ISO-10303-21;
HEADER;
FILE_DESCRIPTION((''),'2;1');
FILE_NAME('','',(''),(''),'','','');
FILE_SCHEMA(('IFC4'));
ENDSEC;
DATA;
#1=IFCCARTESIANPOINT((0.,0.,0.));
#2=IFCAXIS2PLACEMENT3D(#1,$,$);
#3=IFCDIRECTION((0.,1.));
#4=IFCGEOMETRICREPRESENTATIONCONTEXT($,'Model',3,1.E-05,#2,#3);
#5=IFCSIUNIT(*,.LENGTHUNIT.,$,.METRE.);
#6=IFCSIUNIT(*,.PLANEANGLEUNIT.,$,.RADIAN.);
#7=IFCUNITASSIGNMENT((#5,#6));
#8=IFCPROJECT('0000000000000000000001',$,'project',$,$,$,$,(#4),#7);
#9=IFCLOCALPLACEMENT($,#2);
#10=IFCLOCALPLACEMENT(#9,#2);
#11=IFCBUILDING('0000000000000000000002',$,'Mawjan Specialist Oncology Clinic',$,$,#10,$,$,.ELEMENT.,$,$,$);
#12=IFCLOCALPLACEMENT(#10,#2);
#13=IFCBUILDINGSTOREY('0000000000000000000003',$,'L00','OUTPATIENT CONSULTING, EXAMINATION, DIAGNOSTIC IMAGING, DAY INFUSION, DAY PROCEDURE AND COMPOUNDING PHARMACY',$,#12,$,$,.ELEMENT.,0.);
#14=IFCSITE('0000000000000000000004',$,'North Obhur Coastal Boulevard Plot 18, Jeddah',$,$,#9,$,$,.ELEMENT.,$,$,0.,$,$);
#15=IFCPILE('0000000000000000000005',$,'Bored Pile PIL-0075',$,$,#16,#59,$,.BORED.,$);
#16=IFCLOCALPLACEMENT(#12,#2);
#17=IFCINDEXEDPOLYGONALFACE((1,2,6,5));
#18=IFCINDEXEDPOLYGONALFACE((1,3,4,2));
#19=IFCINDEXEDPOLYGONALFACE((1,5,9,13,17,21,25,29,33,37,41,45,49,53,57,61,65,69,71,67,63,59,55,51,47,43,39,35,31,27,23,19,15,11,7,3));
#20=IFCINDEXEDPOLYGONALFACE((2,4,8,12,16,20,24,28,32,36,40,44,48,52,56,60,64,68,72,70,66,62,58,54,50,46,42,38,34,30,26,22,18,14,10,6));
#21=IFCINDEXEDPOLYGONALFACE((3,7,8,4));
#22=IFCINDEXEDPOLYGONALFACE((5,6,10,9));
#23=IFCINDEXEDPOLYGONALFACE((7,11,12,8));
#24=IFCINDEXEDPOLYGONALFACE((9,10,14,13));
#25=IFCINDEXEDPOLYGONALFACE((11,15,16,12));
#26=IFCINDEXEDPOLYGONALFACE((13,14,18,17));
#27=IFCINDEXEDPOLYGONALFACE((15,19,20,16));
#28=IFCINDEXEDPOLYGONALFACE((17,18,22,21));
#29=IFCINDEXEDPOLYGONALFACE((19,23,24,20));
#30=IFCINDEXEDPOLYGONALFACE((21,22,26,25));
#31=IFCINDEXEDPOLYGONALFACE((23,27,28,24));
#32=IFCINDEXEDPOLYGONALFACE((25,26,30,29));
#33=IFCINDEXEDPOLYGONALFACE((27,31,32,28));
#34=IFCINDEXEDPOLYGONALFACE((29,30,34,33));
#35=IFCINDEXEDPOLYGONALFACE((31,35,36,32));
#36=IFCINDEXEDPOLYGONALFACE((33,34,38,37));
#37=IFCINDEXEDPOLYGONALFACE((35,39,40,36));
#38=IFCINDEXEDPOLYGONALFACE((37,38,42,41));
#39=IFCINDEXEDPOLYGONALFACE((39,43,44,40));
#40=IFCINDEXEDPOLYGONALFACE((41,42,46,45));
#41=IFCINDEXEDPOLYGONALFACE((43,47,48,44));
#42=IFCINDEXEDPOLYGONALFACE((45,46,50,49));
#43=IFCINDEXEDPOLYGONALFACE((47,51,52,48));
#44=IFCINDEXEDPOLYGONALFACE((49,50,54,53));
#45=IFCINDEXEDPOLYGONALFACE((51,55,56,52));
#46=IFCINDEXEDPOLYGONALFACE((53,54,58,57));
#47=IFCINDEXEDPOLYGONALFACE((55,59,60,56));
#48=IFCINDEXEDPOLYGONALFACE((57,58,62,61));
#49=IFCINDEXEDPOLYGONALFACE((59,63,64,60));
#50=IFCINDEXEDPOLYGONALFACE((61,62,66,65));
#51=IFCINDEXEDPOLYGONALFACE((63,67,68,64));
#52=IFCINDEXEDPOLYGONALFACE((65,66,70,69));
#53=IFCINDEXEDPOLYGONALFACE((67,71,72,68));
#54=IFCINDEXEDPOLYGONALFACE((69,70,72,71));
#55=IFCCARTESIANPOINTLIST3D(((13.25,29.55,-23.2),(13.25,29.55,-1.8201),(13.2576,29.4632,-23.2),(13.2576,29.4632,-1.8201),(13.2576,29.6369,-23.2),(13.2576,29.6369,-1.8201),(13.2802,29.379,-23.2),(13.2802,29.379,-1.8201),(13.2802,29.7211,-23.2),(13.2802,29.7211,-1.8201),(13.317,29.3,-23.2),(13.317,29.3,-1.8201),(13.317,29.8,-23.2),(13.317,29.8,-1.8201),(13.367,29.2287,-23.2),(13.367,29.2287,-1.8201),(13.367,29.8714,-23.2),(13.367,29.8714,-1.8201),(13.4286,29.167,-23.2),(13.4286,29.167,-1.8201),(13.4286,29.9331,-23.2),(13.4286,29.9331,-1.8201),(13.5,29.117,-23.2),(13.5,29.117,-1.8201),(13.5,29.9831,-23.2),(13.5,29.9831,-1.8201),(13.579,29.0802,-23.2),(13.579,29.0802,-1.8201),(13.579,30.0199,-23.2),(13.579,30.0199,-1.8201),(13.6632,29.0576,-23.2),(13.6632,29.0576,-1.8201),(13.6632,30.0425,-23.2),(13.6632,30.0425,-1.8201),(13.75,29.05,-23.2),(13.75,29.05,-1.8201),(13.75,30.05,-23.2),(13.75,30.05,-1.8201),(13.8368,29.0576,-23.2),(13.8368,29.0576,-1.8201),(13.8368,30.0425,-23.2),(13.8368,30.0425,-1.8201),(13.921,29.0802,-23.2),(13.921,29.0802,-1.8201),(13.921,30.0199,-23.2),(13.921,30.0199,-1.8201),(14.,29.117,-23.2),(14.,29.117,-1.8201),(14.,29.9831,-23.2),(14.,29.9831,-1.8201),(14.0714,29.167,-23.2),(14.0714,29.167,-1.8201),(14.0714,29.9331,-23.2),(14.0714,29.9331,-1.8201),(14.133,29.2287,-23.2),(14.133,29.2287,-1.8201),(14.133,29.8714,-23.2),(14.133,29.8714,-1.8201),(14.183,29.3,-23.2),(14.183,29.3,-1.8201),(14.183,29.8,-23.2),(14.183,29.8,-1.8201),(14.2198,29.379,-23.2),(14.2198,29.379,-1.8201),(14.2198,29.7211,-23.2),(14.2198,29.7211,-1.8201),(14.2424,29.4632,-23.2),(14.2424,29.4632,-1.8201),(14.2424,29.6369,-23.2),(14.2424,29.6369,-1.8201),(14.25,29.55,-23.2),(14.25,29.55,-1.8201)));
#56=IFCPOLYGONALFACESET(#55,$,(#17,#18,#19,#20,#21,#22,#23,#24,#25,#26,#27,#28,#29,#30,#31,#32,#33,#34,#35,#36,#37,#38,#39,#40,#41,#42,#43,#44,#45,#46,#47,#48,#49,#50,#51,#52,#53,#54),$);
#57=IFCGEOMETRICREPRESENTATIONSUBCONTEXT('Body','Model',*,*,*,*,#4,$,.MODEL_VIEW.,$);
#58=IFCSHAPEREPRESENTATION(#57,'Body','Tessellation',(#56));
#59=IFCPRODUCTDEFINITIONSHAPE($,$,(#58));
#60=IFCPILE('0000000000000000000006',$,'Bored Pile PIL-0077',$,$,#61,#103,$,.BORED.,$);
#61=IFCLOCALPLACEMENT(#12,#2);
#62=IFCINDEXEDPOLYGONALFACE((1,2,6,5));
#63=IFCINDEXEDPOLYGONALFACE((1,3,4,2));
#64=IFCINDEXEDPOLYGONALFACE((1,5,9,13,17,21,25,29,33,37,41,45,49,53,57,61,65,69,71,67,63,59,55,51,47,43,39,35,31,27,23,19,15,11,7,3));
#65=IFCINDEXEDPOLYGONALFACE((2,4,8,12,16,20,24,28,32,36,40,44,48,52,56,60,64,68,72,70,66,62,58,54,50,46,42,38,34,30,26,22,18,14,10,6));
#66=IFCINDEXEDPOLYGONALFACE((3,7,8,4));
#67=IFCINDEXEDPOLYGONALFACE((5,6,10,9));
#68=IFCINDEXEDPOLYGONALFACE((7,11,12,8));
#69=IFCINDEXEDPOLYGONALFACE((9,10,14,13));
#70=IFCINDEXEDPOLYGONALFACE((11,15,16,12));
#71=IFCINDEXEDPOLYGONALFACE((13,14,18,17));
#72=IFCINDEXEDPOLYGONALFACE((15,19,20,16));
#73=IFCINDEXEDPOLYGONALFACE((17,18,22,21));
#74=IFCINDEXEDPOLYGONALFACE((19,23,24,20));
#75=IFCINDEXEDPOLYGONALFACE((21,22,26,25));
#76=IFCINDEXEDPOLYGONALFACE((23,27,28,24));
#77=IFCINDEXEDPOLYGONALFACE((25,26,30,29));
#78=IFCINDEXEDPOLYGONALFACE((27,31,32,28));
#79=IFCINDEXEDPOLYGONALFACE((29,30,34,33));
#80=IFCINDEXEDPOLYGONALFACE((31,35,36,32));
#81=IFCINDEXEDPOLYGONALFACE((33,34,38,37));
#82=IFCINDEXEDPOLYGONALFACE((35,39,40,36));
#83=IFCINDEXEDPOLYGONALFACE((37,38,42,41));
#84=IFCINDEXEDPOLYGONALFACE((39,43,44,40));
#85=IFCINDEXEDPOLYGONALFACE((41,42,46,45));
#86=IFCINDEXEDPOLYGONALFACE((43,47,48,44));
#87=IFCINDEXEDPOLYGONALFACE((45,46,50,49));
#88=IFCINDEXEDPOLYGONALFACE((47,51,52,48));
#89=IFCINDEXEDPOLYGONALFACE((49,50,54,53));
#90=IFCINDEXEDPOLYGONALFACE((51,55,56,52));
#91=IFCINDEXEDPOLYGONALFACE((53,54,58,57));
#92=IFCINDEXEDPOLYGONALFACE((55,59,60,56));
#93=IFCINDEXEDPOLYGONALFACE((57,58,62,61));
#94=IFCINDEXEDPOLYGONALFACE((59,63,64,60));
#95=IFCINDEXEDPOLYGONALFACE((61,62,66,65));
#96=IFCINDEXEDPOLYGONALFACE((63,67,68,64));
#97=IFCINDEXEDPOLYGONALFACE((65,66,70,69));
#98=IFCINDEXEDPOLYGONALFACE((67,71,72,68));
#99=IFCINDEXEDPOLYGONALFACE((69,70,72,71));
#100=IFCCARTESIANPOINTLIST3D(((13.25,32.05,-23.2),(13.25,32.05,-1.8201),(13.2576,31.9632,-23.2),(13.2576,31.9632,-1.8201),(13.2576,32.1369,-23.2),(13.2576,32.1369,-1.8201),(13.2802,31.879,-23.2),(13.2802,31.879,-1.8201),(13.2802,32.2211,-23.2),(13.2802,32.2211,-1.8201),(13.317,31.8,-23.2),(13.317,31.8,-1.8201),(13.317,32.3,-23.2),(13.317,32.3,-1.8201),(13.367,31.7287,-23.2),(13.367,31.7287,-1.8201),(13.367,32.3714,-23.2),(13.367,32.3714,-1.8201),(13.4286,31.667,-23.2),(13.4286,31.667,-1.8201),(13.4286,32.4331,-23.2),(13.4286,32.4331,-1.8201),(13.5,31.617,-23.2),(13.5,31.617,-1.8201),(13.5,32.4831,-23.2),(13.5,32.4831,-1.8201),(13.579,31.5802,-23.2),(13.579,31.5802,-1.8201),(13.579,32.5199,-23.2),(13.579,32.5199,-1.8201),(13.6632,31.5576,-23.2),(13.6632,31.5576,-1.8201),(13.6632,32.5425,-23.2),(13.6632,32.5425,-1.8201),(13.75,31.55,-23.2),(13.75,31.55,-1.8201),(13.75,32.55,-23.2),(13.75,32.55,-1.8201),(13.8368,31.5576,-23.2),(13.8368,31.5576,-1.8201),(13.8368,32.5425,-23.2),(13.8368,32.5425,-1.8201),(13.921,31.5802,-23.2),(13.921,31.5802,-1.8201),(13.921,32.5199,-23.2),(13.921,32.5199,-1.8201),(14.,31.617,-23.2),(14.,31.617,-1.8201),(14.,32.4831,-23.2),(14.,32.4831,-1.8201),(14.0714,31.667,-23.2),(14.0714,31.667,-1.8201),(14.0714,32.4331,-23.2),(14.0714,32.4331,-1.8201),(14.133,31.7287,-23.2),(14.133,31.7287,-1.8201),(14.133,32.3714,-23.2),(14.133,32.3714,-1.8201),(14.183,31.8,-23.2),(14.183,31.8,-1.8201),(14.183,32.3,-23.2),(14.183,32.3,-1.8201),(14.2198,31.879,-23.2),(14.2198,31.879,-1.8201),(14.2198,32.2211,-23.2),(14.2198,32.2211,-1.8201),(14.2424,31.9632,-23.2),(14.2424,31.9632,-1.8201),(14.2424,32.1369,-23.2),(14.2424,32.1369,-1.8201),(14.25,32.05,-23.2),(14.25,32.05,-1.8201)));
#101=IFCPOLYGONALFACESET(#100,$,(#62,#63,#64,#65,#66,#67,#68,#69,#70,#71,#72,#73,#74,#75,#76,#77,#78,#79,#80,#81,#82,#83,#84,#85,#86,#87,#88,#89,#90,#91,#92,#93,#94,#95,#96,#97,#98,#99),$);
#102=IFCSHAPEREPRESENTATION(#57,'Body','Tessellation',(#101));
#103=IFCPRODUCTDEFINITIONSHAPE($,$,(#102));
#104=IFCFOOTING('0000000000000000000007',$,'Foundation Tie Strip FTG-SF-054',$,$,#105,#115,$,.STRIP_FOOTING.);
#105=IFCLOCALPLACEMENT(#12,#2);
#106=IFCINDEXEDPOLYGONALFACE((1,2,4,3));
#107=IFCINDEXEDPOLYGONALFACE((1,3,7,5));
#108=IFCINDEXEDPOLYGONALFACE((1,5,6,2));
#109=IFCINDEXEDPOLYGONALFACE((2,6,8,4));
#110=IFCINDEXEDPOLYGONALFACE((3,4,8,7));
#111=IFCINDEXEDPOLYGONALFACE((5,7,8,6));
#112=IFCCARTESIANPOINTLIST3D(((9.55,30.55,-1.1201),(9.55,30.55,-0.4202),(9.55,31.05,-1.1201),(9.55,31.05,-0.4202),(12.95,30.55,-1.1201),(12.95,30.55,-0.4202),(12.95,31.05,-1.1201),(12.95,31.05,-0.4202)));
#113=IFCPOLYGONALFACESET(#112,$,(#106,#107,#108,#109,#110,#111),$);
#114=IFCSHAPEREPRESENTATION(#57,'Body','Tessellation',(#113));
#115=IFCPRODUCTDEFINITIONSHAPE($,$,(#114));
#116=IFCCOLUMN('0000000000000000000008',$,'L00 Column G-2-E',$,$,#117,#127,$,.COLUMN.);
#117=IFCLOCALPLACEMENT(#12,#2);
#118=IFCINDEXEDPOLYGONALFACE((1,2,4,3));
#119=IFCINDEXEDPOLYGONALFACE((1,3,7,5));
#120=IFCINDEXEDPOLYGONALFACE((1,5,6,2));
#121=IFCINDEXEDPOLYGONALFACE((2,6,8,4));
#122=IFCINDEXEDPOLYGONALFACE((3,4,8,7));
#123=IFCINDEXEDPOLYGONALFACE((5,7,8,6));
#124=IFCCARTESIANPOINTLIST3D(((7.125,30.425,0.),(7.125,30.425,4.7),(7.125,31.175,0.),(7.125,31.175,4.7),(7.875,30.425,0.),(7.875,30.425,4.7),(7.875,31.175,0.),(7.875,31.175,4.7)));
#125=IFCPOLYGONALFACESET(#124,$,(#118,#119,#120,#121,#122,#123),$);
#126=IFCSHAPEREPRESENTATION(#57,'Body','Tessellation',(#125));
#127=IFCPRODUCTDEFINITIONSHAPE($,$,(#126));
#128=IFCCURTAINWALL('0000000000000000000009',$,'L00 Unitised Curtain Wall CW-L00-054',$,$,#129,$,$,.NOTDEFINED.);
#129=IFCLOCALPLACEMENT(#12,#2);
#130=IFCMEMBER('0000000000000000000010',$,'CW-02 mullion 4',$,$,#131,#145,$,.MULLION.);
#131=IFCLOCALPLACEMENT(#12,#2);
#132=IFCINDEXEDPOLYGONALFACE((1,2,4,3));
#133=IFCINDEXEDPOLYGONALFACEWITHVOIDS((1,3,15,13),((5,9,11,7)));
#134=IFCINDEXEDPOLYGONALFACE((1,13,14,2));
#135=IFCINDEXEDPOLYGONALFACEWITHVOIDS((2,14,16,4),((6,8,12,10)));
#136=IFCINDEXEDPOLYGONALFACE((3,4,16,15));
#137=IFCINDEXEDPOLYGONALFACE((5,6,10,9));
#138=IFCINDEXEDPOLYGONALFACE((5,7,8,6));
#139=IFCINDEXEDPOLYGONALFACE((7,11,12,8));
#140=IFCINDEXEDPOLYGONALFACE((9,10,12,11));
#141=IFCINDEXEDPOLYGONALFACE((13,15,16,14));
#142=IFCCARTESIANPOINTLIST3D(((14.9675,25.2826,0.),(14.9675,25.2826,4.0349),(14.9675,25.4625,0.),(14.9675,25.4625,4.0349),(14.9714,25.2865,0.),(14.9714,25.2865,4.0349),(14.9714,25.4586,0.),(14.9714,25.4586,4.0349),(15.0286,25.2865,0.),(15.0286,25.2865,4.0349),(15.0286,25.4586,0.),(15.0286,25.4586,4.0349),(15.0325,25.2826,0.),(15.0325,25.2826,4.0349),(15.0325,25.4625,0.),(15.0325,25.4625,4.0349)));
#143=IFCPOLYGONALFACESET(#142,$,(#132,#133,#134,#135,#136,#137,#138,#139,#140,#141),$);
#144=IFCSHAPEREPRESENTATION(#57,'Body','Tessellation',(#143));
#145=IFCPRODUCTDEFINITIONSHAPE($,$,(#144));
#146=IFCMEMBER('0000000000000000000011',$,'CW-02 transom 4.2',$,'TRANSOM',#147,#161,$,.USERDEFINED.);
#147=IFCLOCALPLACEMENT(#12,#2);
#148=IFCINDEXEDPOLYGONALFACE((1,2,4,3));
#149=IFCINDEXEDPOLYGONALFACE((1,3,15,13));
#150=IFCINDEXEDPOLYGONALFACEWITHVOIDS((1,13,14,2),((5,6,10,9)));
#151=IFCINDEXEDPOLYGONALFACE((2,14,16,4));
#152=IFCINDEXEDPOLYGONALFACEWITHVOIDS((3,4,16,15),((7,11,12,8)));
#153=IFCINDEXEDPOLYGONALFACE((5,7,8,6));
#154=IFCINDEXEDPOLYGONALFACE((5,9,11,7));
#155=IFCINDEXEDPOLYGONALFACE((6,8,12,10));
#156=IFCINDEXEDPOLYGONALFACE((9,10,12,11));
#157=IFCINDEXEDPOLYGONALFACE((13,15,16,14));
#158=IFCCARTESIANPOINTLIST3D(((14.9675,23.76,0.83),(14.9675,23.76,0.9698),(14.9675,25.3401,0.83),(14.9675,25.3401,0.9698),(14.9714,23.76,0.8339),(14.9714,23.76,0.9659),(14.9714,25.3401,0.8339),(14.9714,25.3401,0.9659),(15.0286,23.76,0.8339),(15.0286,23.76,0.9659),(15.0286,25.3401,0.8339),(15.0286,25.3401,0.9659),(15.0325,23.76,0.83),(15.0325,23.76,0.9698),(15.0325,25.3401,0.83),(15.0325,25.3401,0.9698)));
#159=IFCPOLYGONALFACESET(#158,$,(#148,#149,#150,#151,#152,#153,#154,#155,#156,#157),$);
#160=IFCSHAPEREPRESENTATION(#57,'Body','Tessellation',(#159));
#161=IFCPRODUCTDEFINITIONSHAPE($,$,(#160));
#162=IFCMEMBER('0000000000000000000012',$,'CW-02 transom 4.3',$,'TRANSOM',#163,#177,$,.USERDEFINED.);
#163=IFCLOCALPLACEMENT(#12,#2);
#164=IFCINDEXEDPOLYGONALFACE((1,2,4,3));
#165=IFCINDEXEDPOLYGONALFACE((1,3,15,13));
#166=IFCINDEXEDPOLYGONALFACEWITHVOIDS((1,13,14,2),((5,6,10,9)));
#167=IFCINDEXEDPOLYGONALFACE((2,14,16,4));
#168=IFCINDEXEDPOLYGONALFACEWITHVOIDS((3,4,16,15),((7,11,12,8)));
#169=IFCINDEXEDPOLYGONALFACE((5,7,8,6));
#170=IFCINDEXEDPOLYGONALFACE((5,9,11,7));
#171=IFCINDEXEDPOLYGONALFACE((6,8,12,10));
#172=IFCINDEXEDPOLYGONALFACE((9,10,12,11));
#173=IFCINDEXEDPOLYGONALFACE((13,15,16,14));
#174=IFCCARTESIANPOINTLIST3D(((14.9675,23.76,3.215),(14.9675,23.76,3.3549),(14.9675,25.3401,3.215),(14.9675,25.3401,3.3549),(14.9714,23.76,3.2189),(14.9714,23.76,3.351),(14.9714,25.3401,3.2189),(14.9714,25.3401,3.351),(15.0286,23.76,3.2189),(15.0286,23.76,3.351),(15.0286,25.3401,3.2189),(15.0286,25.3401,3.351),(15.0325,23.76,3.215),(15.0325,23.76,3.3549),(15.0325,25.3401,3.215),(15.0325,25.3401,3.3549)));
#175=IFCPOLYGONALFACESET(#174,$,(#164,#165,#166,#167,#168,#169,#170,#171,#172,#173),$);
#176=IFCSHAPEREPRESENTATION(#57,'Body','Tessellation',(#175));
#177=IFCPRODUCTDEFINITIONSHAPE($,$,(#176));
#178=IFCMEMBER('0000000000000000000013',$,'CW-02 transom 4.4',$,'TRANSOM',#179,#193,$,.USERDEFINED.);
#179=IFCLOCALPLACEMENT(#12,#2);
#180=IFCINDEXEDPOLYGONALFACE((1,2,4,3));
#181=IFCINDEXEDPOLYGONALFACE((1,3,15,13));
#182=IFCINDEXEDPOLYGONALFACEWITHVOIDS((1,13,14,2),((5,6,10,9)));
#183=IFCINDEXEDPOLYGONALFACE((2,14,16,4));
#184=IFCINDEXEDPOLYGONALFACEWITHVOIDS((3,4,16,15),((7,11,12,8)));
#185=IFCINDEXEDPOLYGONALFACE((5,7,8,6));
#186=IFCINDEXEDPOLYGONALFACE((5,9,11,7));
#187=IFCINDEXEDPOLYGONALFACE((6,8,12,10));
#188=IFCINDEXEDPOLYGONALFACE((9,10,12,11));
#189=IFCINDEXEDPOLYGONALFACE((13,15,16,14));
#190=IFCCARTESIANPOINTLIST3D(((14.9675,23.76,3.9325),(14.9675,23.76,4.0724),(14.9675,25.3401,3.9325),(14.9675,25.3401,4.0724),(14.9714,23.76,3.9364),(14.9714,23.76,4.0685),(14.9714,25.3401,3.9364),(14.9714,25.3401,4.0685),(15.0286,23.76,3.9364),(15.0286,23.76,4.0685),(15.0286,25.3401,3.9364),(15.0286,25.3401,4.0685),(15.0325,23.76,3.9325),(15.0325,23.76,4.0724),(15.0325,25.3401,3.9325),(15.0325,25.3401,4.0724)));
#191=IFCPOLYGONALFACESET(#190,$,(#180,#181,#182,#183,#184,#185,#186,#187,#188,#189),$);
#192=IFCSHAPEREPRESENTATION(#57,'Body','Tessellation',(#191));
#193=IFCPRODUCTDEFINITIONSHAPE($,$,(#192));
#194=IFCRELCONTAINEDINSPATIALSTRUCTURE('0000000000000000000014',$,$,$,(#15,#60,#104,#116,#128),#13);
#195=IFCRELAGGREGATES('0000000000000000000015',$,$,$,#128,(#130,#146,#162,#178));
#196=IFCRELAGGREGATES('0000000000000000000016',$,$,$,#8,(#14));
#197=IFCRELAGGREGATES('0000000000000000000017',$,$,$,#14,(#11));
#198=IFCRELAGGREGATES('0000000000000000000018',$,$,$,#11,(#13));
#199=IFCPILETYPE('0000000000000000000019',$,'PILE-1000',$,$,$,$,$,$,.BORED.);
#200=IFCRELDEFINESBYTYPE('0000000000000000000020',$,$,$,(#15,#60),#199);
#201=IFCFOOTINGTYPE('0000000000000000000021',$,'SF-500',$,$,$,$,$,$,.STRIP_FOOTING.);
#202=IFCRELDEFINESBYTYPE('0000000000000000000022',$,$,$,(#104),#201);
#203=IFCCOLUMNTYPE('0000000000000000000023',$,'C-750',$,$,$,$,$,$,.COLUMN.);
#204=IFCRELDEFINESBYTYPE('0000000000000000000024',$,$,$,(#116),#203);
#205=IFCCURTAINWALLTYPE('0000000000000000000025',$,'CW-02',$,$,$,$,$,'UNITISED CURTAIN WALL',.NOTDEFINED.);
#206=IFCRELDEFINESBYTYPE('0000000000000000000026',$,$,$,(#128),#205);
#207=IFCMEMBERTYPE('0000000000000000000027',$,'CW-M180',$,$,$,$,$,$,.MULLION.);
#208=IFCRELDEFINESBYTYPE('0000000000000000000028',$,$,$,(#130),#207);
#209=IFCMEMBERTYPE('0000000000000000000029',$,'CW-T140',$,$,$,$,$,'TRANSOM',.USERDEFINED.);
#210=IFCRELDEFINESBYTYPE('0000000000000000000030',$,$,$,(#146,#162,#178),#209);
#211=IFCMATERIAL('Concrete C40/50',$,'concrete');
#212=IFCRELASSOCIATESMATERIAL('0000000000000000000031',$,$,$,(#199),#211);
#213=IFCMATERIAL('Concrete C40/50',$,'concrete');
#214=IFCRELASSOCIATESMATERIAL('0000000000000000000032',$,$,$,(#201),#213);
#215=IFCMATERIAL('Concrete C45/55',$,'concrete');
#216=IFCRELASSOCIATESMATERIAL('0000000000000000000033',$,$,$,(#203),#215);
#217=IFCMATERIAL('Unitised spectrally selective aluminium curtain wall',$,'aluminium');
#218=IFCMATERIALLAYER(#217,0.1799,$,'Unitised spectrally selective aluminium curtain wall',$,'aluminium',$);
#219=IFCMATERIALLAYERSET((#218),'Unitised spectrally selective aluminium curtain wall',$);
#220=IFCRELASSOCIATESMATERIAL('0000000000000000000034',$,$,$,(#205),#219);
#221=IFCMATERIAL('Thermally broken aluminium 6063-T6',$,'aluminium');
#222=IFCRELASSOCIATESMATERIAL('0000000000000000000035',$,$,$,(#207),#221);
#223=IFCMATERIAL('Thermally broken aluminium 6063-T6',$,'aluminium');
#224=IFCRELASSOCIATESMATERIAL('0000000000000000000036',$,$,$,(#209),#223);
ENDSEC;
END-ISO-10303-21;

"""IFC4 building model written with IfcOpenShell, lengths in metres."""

from ifc_helpers import new_model, si_unit, direction, frame, origin, origin_2d, place, context, subcontext, project, spatial, rectangle, hollow_rectangle, circle, extrude, material, layer, layer_set, material_profile, profile_set, type_object, element, aggregate, save


model = new_model("IFC4")

# Units and contexts
model_context = context("Model", 3, precision=1e-05, world=origin(), true_north=direction((0.0, 1.0)))
body_context = subcontext(model_context, "Body", "Model", "MODEL_VIEW")
ifc_project = project(units=[si_unit("LENGTHUNIT", "METRE"), si_unit("PLANEANGLEUNIT", "RADIAN")], contexts=[model_context])

# Site, building, storey
site_placement = place(None, origin())
site = spatial("IfcSite", under=ifc_project, at=site_placement, Name="North Obhur Coastal Boulevard Plot 18, Jeddah", CompositionType="ELEMENT", RefElevation=0.0)
building_placement = place(site_placement, origin())
building = spatial("IfcBuilding", under=site, at=building_placement, Name="Mawjan Specialist Oncology Clinic", CompositionType="ELEMENT")
storey_placement = place(building_placement, origin())
storey = spatial("IfcBuildingStorey", under=building, at=storey_placement, Name="L00", Description="OUTPATIENT CONSULTING, EXAMINATION, DIAGNOSTIC IMAGING, DAY INFUSION, DAY PROCEDURE AND COMPOUNDING PHARMACY", CompositionType="ELEMENT", Elevation=0.0)

# Piles
ifc_material_1 = material(Name="Concrete C40/50", Category="concrete")
ifc_material_profile_1 = material_profile(ifc_material_1, circle(Radius=0.5, at=origin_2d()), Name="BORED PILE D1000", Category="concrete")
ifc_profile_set_1 = profile_set([ifc_material_profile_1], Name="Concrete C40/50")
pile_type = type_object("IfcPileType", Name="PILE-1000", PredefinedType="BORED", material=ifc_profile_set_1)
for number, where, z_axis, x_axis, name in (
    (1, (13.75, 29.55, -1.8201), (0.0, 0.0, -1.0), (1.0, 0.0, 0.0), "Bored Pile PIL-0075"),
    (2, (13.75, 32.05, -1.8201), (0.0, 0.0, -1.0), (1.0, 0.0, 0.0), "Bored Pile PIL-0077"),
):
    element("IfcPile", number, at=place(storey_placement, frame(where, z_axis=z_axis, x_axis=x_axis)), inside=storey, type_object=pile_type, Name=name, PredefinedType="BORED", context=body_context, shape_type="SweptSolid", body=[
        extrude(circle(Radius=0.5, at=origin_2d()), origin(), (0.0, 0.0, 1.0), 21.3799),
    ])

# Footing
ifc_material_2 = material(Name="Concrete C40/50", Category="concrete")
footing_type_1 = type_object("IfcFootingType", Name="SF-500", PredefinedType="STRIP_FOOTING", material=ifc_material_2)
footing_1_placement = place(storey_placement, frame((11.25, 30.8, -1.1201), z_axis=(0.0, 0.0, 1.0), x_axis=(1.0, 0.0, 0.0)))
element("IfcFooting", 3, at=footing_1_placement, inside=storey, type_object=footing_type_1, Name="Foundation Tie Strip FTG-SF-054", PredefinedType="STRIP_FOOTING", context=body_context, shape_type="SweptSolid", body=[
    extrude(rectangle(XDim=3.3999, YDim=0.5, at=origin_2d()), origin(), (0.0, 0.0, 1.0), 0.7),
])

# Column
ifc_material_3 = material(Name="Concrete C45/55", Category="concrete")
ifc_material_profile_2 = material_profile(ifc_material_3, rectangle(XDim=0.75, YDim=0.75, at=origin_2d()), Name="RC COL 750x750", Category="concrete")
ifc_profile_set_2 = profile_set([ifc_material_profile_2], Name="Concrete C45/55")
column_type = type_object("IfcColumnType", Name="C-750", PredefinedType="COLUMN", material=ifc_profile_set_2)
column_placement = place(storey_placement, frame((7.5, 30.8, 0.0), z_axis=(0.0, 0.0, 1.0), x_axis=(1.0, 0.0, 0.0)))
element("IfcColumn", 4, at=column_placement, inside=storey, type_object=column_type, Name="L00 Column G-2-E", PredefinedType="COLUMN", context=body_context, shape_type="SweptSolid", body=[
    extrude(rectangle(XDim=0.75, YDim=0.75, at=origin_2d()), origin(), (0.0, 0.0, 1.0), 4.7),
])

# Curtain wall, members
ifc_material_4 = material(Name="Unitised spectrally selective aluminium curtain wall", Category="aluminium")
ifc_layer_1 = layer(ifc_material_4, 0.1799, Name="Unitised spectrally selective aluminium curtain wall", Category="aluminium")
ifc_layer_set_1 = layer_set([ifc_layer_1], Name="Unitised spectrally selective aluminium curtain wall")
curtain_wall_type = type_object("IfcCurtainWallType", Name="CW-02", ElementType="UNITISED CURTAIN WALL", PredefinedType="NOTDEFINED", material=ifc_layer_set_1)
curtain_wall_placement = place(storey_placement, origin())
curtain_wall = element("IfcCurtainWall", 5, at=curtain_wall_placement, inside=storey, type_object=curtain_wall_type, Name="L00 Unitised Curtain Wall CW-L00-054", PredefinedType="NOTDEFINED")
ifc_material_5 = material(Name="Thermally broken aluminium 6063-T6", Category="aluminium")
ifc_material_profile_3 = material_profile(ifc_material_5, hollow_rectangle(XDim=0.0649, YDim=0.1799, WallThickness=0.0039, at=origin_2d()), Name="ALU MULLION 180x65x4", Category="aluminium")
ifc_profile_set_3 = profile_set([ifc_material_profile_3], Name="Thermally broken aluminium 6063-T6")
member_type_1 = type_object("IfcMemberType", Name="CW-M180", PredefinedType="MULLION", material=ifc_profile_set_3)
member_1_placement = place(storey_placement, frame((15.0, 25.3726, 0.0), z_axis=(0.0, 0.0, 1.0), x_axis=(1.0, 0.0, 0.0)))
member_1 = element("IfcMember", 6, at=member_1_placement, type_object=member_type_1, Name="CW-02 mullion 4", PredefinedType="MULLION", context=body_context, shape_type="SweptSolid", body=[
    extrude(hollow_rectangle(XDim=0.0649, YDim=0.1799, WallThickness=0.0039, at=origin_2d()), origin(), (0.0, 0.0, 1.0), 4.0349),
])
ifc_material_6 = material(Name="Thermally broken aluminium 6063-T6", Category="aluminium")
ifc_material_profile_4 = material_profile(ifc_material_6, hollow_rectangle(XDim=0.0649, YDim=0.1399, WallThickness=0.0039, at=origin_2d()), Name="ALU TRANSOM 140x65x4", Category="aluminium")
ifc_profile_set_4 = profile_set([ifc_material_profile_4], Name="Thermally broken aluminium 6063-T6")
member_type_2 = type_object("IfcMemberType", Name="CW-T140", ElementType="TRANSOM", PredefinedType="USERDEFINED", material=ifc_profile_set_4)
member_2_placement = place(storey_placement, frame((15.0, 25.3401, 0.8999), z_axis=(0.0, -1.0, 0.0), x_axis=(1.0, 0.0, 0.0)))
member_2 = element("IfcMember", 7, at=member_2_placement, type_object=member_type_2, Name="CW-02 transom 4.2", ObjectType="TRANSOM", PredefinedType="USERDEFINED", context=body_context, shape_type="SweptSolid", body=[
    extrude(hollow_rectangle(XDim=0.0649, YDim=0.1399, WallThickness=0.0039, at=origin_2d()), origin(), (0.0, 0.0, 1.0), 1.5801),
])
member_3_placement = place(storey_placement, frame((15.0, 25.3401, 3.2849), z_axis=(0.0, -1.0, 0.0), x_axis=(1.0, 0.0, 0.0)))
member_3 = element("IfcMember", 8, at=member_3_placement, type_object=member_type_2, Name="CW-02 transom 4.3", ObjectType="TRANSOM", PredefinedType="USERDEFINED", context=body_context, shape_type="SweptSolid", body=[
    extrude(hollow_rectangle(XDim=0.0649, YDim=0.1399, WallThickness=0.0039, at=origin_2d()), origin(), (0.0, 0.0, 1.0), 1.5801),
])
member_4_placement = place(storey_placement, frame((15.0, 25.3401, 4.0024), z_axis=(0.0, -1.0, 0.0), x_axis=(1.0, 0.0, 0.0)))
member_4 = element("IfcMember", 9, at=member_4_placement, type_object=member_type_2, Name="CW-02 transom 4.4", ObjectType="TRANSOM", PredefinedType="USERDEFINED", context=body_context, shape_type="SweptSolid", body=[
    extrude(hollow_rectangle(XDim=0.0649, YDim=0.1399, WallThickness=0.0039, at=origin_2d()), origin(), (0.0, 0.0, 1.0), 1.5801),
])
aggregate(curtain_wall, [member_1, member_2, member_3, member_4])

save(model, "model.ifc")
